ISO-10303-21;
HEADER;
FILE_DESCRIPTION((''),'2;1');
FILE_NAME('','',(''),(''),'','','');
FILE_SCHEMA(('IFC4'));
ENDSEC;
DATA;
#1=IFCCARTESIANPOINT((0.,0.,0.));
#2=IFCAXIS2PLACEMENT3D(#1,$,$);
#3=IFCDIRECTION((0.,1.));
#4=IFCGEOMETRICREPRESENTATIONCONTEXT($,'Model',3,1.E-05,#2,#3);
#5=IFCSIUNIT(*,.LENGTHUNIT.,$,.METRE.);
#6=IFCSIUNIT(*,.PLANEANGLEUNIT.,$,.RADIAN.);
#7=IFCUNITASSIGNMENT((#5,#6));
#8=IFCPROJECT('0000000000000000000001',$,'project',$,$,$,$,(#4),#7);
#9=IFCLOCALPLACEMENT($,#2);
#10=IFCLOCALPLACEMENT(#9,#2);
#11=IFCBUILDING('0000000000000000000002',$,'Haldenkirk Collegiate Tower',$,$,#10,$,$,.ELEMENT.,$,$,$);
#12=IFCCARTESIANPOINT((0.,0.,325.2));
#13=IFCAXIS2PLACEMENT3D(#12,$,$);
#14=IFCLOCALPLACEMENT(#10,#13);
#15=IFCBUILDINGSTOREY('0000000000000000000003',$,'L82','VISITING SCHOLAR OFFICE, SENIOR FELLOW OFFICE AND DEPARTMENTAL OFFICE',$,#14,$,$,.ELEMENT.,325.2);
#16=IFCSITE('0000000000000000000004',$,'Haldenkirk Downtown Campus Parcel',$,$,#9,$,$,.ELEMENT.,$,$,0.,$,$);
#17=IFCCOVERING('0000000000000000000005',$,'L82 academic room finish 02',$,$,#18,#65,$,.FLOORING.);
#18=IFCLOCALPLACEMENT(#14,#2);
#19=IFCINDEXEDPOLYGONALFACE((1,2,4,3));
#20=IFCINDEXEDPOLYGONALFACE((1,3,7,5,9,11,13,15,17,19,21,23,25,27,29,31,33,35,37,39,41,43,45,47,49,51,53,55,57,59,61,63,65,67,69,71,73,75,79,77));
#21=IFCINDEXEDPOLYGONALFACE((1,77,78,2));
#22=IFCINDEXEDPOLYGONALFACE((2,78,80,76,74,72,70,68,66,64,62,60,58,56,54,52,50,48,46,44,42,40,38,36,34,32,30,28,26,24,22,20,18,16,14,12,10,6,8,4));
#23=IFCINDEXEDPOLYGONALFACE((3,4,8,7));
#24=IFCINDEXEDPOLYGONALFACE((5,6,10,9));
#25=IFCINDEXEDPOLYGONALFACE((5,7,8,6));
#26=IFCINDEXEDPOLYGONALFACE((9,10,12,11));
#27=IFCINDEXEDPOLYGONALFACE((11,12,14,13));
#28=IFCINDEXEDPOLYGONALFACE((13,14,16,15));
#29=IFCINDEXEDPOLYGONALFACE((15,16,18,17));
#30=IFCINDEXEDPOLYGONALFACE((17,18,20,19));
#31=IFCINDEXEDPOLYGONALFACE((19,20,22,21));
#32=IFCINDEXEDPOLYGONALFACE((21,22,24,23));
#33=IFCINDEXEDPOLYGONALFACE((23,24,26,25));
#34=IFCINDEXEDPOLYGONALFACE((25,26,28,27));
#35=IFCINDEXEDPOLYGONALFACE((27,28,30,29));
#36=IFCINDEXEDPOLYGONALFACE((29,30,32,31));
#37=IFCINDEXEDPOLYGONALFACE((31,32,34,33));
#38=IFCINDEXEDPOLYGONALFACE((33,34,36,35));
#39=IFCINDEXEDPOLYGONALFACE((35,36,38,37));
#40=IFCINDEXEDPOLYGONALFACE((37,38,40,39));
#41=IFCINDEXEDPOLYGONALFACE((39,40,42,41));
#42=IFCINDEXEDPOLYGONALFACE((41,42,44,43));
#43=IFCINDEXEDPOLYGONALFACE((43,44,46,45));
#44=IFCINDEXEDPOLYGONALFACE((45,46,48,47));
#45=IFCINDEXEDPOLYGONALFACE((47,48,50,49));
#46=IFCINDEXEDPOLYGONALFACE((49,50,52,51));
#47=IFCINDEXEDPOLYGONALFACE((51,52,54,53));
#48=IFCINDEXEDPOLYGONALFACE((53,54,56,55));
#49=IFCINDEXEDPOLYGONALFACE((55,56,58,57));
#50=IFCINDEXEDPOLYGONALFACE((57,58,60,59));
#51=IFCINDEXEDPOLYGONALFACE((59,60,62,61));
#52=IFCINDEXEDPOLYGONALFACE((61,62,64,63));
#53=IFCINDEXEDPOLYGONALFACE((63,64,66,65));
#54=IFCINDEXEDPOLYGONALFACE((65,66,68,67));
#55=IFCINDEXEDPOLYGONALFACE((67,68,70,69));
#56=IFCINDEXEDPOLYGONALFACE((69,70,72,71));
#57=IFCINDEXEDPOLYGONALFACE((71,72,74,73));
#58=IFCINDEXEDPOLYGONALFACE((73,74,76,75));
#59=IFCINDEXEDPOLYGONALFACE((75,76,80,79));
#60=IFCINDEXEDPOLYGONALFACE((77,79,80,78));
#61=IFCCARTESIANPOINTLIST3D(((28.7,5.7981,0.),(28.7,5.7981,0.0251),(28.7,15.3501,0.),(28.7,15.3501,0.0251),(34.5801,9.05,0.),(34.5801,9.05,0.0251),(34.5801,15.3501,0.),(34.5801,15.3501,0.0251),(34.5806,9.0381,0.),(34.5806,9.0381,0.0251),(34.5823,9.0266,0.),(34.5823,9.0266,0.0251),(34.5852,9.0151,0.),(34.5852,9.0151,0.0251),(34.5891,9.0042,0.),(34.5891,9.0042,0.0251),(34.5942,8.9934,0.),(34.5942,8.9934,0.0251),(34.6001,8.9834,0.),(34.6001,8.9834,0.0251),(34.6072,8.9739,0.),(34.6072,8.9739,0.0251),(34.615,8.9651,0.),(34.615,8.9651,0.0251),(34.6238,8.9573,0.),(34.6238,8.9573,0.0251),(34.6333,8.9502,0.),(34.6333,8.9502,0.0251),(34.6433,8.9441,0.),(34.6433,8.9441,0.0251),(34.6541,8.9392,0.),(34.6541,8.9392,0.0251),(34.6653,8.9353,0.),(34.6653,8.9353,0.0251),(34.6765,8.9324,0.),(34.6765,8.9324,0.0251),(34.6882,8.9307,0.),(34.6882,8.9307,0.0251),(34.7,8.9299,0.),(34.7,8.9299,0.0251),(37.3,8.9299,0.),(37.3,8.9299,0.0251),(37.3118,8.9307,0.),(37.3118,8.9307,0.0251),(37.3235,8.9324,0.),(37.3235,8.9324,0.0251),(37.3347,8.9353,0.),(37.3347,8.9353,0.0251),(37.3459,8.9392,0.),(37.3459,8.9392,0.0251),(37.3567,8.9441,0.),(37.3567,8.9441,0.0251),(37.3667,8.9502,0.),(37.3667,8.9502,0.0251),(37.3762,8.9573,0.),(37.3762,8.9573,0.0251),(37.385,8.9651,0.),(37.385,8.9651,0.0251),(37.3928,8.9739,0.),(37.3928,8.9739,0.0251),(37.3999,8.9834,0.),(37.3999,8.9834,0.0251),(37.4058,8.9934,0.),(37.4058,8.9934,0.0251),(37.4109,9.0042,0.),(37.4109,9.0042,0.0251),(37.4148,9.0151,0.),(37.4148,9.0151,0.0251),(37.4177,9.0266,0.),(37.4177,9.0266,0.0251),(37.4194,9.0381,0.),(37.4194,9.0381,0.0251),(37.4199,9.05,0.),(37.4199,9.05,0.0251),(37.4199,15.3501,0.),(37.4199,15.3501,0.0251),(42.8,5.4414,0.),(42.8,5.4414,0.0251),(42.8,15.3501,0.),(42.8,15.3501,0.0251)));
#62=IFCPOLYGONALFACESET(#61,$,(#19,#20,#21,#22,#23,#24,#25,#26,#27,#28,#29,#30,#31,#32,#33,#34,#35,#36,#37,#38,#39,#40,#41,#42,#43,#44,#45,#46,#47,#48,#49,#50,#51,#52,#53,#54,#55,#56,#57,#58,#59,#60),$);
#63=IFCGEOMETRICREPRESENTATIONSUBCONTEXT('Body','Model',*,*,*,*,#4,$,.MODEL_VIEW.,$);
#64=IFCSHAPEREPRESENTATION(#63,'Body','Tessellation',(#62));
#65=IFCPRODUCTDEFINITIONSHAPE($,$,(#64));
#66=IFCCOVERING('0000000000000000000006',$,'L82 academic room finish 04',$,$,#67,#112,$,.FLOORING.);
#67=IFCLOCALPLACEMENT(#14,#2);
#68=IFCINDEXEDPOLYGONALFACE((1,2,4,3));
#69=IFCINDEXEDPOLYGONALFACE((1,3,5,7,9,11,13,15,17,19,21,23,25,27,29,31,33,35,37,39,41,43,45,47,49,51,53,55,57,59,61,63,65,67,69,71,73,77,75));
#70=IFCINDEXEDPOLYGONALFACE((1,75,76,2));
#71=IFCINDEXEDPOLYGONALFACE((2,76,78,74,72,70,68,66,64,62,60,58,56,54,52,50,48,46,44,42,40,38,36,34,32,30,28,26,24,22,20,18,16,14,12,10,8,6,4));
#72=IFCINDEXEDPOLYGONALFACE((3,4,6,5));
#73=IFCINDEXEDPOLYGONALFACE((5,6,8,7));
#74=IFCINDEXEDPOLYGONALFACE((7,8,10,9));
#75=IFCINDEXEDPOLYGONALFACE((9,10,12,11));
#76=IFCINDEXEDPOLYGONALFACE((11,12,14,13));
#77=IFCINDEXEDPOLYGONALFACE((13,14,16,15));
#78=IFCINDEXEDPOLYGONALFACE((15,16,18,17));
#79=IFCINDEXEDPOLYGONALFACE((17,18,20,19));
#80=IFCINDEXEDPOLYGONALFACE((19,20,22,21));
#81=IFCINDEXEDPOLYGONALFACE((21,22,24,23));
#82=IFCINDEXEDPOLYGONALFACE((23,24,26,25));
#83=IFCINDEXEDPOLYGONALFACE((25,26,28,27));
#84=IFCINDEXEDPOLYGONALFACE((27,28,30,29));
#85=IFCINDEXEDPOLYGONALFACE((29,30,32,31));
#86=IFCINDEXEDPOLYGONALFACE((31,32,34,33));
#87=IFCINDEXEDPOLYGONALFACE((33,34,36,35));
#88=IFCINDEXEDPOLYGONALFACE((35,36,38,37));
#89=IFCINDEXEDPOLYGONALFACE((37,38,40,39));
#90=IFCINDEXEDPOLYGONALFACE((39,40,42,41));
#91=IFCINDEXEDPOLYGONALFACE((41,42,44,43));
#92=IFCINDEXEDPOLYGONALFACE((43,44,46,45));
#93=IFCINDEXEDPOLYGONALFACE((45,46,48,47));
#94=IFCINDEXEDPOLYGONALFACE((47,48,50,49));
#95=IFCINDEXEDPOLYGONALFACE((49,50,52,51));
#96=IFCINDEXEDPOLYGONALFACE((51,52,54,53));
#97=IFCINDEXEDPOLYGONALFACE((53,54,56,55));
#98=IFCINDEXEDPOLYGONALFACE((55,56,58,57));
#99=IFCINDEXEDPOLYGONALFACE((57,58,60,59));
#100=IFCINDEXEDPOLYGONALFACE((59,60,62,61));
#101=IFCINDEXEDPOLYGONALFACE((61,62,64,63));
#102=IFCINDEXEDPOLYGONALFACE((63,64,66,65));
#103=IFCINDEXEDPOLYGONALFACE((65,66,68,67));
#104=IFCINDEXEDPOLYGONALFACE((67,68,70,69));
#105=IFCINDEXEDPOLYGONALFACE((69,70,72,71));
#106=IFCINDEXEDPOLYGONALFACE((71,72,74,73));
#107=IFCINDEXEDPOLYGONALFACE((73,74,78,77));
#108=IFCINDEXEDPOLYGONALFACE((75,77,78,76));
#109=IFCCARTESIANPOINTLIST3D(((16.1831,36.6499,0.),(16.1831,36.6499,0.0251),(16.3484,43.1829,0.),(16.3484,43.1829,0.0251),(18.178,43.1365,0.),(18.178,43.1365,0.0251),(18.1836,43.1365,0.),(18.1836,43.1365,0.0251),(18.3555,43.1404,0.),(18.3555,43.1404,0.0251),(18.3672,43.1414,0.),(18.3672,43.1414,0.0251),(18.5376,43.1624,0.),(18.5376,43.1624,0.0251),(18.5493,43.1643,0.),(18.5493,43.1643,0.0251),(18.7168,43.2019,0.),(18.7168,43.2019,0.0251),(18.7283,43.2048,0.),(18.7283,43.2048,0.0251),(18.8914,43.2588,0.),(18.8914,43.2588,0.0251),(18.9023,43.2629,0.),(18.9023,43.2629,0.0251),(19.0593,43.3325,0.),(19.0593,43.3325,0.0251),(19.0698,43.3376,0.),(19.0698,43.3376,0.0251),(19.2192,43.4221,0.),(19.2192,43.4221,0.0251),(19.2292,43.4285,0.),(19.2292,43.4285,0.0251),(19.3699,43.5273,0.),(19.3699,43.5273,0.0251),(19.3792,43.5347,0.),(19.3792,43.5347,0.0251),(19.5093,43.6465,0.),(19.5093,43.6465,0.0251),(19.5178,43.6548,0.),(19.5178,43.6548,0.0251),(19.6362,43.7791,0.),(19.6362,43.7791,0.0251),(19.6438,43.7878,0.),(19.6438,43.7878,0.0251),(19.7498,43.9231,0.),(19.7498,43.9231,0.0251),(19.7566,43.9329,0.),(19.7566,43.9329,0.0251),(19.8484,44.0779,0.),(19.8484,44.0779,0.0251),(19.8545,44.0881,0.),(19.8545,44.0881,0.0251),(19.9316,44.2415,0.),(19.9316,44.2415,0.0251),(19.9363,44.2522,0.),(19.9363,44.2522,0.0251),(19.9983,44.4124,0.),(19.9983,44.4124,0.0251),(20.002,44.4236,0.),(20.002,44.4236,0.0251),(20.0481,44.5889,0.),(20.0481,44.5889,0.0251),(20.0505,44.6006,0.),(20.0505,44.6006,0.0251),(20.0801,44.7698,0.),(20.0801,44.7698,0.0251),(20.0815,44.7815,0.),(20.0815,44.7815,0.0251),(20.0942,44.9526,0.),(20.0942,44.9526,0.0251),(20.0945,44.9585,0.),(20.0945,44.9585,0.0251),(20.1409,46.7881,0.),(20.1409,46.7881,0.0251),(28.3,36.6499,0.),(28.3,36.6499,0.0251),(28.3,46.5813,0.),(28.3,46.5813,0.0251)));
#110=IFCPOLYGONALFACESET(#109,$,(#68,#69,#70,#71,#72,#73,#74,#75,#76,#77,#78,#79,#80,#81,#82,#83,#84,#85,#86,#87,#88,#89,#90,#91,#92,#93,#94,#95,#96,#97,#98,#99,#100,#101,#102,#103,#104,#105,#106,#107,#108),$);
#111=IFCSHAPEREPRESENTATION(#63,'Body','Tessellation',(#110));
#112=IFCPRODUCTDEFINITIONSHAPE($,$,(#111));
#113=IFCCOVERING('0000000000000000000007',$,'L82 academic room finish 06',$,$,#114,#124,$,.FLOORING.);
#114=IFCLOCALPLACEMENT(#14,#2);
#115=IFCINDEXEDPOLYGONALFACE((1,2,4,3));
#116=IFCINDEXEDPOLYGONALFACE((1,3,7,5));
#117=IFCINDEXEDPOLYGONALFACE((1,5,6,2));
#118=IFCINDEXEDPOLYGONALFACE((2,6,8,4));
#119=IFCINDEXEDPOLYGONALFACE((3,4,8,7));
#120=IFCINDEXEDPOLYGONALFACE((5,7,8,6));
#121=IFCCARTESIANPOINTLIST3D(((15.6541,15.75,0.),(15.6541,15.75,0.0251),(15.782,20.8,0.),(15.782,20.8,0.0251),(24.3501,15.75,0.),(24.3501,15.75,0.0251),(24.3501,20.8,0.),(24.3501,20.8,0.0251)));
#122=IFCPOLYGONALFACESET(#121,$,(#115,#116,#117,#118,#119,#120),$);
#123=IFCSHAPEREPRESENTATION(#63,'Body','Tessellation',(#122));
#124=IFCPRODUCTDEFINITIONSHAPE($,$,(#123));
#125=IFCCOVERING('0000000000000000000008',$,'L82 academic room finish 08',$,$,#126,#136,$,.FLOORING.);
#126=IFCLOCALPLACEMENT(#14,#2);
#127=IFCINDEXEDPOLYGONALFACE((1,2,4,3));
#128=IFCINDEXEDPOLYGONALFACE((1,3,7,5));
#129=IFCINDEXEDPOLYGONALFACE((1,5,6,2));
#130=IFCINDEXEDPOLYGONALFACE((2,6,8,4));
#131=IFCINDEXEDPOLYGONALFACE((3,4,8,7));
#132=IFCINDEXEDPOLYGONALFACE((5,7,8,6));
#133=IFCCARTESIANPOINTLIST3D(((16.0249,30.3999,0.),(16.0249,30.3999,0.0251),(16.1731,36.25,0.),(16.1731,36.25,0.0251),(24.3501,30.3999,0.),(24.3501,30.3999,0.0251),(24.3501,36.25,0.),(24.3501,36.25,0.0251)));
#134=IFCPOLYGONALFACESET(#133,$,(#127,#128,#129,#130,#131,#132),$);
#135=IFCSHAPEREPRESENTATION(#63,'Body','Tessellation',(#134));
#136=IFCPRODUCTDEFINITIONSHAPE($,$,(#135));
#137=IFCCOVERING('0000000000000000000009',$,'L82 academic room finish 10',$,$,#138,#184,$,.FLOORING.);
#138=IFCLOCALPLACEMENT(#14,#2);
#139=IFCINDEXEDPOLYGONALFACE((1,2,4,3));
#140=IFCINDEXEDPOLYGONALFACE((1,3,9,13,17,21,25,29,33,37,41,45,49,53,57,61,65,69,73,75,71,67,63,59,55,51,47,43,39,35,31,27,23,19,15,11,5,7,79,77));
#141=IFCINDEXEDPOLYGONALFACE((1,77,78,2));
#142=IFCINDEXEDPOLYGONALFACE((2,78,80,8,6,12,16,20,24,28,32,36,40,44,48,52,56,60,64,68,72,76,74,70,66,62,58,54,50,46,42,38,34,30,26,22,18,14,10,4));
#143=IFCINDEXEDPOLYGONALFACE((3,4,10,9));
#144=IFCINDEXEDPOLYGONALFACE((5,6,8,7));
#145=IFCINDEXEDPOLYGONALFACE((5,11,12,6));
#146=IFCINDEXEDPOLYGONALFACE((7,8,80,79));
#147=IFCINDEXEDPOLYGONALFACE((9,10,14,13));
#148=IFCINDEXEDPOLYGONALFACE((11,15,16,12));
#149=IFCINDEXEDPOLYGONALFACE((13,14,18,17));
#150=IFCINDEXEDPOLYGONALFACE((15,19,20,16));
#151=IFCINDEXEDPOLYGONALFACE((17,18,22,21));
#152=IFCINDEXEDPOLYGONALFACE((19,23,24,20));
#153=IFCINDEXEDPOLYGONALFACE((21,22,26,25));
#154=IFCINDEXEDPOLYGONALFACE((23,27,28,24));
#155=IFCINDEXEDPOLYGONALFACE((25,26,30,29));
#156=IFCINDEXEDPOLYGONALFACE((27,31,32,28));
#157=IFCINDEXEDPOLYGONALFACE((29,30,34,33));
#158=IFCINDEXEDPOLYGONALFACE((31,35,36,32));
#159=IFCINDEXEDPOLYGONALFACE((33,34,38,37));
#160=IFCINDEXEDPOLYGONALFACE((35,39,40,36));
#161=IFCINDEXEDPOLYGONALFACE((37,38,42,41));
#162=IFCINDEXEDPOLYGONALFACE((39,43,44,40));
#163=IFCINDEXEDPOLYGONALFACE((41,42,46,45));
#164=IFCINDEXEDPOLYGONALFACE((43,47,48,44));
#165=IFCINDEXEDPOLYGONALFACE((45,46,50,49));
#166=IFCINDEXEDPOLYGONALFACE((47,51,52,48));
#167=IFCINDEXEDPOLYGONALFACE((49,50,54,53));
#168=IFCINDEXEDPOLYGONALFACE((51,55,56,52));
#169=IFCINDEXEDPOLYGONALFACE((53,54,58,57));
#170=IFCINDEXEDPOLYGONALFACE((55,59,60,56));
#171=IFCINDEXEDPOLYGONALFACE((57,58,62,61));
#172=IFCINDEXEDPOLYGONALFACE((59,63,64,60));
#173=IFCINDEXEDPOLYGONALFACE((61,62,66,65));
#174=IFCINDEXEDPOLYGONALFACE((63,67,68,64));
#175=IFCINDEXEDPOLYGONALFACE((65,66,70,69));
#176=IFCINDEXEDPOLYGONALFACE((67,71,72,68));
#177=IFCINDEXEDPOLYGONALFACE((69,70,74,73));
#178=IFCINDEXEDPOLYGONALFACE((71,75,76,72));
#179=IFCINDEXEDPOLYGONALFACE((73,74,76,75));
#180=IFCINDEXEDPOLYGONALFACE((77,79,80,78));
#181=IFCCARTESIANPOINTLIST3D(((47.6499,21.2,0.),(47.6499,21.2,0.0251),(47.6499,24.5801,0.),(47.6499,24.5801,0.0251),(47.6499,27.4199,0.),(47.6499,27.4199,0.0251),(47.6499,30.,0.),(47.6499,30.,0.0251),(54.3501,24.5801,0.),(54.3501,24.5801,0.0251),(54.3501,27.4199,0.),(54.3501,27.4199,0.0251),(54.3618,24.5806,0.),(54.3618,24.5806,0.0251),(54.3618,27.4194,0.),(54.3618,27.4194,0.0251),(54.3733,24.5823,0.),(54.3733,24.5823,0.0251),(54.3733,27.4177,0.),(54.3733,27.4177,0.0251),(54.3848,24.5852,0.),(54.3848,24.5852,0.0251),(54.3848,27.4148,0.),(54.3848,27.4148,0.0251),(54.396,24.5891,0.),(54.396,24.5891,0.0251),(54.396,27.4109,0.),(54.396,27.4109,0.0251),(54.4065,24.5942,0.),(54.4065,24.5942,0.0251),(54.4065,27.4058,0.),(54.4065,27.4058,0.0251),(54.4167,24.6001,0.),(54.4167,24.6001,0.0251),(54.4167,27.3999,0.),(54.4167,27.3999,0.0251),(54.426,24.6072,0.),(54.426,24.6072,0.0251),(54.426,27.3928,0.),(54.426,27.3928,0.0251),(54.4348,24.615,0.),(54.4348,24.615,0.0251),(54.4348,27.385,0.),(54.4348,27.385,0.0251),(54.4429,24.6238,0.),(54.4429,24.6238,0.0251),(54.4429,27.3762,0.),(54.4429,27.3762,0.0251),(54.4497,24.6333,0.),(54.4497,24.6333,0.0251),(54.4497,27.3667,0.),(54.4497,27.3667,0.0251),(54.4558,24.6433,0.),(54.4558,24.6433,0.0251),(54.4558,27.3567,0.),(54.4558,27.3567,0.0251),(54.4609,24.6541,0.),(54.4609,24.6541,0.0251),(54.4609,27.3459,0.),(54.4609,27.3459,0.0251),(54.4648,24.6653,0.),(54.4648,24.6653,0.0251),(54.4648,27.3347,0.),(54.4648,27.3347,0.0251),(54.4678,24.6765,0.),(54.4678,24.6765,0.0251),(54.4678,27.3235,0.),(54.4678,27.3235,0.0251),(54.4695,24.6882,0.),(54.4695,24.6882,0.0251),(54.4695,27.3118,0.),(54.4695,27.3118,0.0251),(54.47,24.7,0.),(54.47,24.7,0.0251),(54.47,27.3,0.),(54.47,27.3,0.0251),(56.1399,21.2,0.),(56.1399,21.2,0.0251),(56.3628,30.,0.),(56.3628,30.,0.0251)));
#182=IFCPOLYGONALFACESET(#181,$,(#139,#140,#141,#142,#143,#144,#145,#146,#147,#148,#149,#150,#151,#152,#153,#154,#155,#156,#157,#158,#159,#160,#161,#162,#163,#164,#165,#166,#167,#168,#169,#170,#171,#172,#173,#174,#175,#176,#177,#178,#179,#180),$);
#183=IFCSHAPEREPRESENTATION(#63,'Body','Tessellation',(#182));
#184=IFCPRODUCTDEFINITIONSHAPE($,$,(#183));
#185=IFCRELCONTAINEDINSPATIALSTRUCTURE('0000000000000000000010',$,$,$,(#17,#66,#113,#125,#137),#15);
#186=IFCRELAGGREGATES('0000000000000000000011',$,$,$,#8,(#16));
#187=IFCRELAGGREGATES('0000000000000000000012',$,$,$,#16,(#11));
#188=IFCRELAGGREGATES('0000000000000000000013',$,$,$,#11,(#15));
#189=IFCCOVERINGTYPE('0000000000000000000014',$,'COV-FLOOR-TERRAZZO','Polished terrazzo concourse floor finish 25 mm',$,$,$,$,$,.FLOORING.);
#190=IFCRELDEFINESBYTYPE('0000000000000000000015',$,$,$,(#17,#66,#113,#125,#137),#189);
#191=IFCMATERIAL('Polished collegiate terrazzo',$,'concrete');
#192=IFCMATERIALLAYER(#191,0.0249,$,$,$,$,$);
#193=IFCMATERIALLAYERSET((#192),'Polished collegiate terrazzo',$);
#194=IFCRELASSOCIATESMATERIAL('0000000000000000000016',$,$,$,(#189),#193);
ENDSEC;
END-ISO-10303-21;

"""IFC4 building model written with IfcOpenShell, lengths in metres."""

from ifc_helpers import new_model, si_unit, direction, frame, origin, place, context, subcontext, project, spatial, polyline, outline, extrude, material, layer, layer_set, type_object, element, save


model = new_model("IFC4")

# Units and contexts
model_context = context("Model", 3, precision=1e-05, world=origin(), true_north=direction((0.0, 1.0)))
body_context = subcontext(model_context, "Body", "Model", "MODEL_VIEW")
ifc_project = project(units=[si_unit("LENGTHUNIT", "METRE"), si_unit("PLANEANGLEUNIT", "RADIAN")], contexts=[model_context])

# Site, building, storey
site_placement = place(None, origin())
site = spatial("IfcSite", under=ifc_project, at=site_placement, Name="Haldenkirk Downtown Campus Parcel", CompositionType="ELEMENT", RefElevation=0.0)
building_placement = place(site_placement, origin())
building = spatial("IfcBuilding", under=site, at=building_placement, Name="Haldenkirk Collegiate Tower", CompositionType="ELEMENT")
storey_placement = place(building_placement, frame((0.0, 0.0, 325.2)))
storey = spatial("IfcBuildingStorey", under=building, at=storey_placement, Name="L82", Description="VISITING SCHOLAR OFFICE, SENIOR FELLOW OFFICE AND DEPARTMENTAL OFFICE", CompositionType="ELEMENT", Elevation=325.2)

# Coverings
ifc_material_1 = material(Name="Polished collegiate terrazzo", Category="concrete")
ifc_layer_1 = layer(ifc_material_1, 0.0249)
ifc_layer_set_1 = layer_set([ifc_layer_1], Name="Polished collegiate terrazzo")
covering_type_1 = type_object("IfcCoveringType", Name="COV-FLOOR-TERRAZZO", Description="Polished terrazzo concourse floor finish 25 mm", PredefinedType="FLOORING", material=ifc_layer_set_1)
covering_1_placement = place(storey_placement, origin())
element("IfcCovering", 1, at=covering_1_placement, inside=storey, type_object=covering_type_1, Name="L82 academic room finish 02", PredefinedType="FLOORING", context=body_context, shape_type="SweptSolid", body=[
    extrude(outline(polyline([(28.7, 5.7981), (28.7, 15.3501), (34.5801, 15.3501), (34.5801, 9.05), (34.5806, 9.0381), (34.5823, 9.0266), (34.5852, 9.0151), (34.5891, 9.0042), (34.5942, 8.9934), (34.6001, 8.9834), (34.6072, 8.9739), (34.615, 8.9651), (34.6238, 8.9573), (34.6333, 8.9502), (34.6433, 8.9441), (34.6541, 8.9392), (34.6653, 8.9353), (34.6765, 8.9324), (34.6882, 8.9307), (34.7, 8.9299), (37.3, 8.9299), (37.3118, 8.9307), (37.3235, 8.9324), (37.3347, 8.9353), (37.3459, 8.9392), (37.3567, 8.9441), (37.3667, 8.9502), (37.3762, 8.9573), (37.385, 8.9651), (37.3928, 8.9739), (37.3999, 8.9834), (37.4058, 8.9934), (37.4109, 9.0042), (37.4148, 9.0151), (37.4177, 9.0266), (37.4194, 9.0381), (37.4199, 9.05), (37.4199, 15.3501), (42.8, 15.3501), (42.8, 5.4414), (28.7, 5.7981)])), origin(), (0.0, 0.0, 1.0), 0.0251),
])
covering_2_placement = place(storey_placement, origin())
element("IfcCovering", 2, at=covering_2_placement, inside=storey, type_object=covering_type_1, Name="L82 academic room finish 04", PredefinedType="FLOORING", context=body_context, shape_type="SweptSolid", body=[
    extrude(outline(polyline([(18.178, 43.1365), (18.1836, 43.1365), (18.3555, 43.1404), (18.3672, 43.1414), (18.5376, 43.1624), (18.5493, 43.1643), (18.7168, 43.2019), (18.7283, 43.2048), (18.8914, 43.2588), (18.9023, 43.2629), (19.0593, 43.3325), (19.0698, 43.3376), (19.2192, 43.4221), (19.2292, 43.4285), (19.3699, 43.5273), (19.3792, 43.5347), (19.5093, 43.6465), (19.5178, 43.6548), (19.6362, 43.7791), (19.6438, 43.7878), (19.7498, 43.9231), (19.7566, 43.9329), (19.8484, 44.0779), (19.8545, 44.0881), (19.9316, 44.2415), (19.9363, 44.2522), (19.9983, 44.4124), (20.002, 44.4236), (20.0481, 44.5889), (20.0505, 44.6006), (20.0801, 44.7698), (20.0815, 44.7815), (20.0942, 44.9526), (20.0945, 44.9585), (20.1409, 46.7881), (28.3, 46.5813), (28.3, 36.6499), (16.1831, 36.6499), (16.3484, 43.1829), (18.178, 43.1365)])), origin(), (0.0, 0.0, 1.0), 0.0251),
])
covering_3_placement = place(storey_placement, origin())
element("IfcCovering", 3, at=covering_3_placement, inside=storey, type_object=covering_type_1, Name="L82 academic room finish 06", PredefinedType="FLOORING", context=body_context, shape_type="SweptSolid", body=[
    extrude(outline(polyline([(15.782, 20.8), (24.3501, 20.8), (24.3501, 15.75), (15.6541, 15.75), (15.782, 20.8)])), origin(), (0.0, 0.0, 1.0), 0.0251),
])
covering_4_placement = place(storey_placement, origin())
element("IfcCovering", 4, at=covering_4_placement, inside=storey, type_object=covering_type_1, Name="L82 academic room finish 08", PredefinedType="FLOORING", context=body_context, shape_type="SweptSolid", body=[
    extrude(outline(polyline([(16.1731, 36.25), (24.3501, 36.25), (24.3501, 30.3999), (16.0249, 30.3999), (16.1731, 36.25)])), origin(), (0.0, 0.0, 1.0), 0.0251),
])
covering_5_placement = place(storey_placement, origin())
element("IfcCovering", 5, at=covering_5_placement, inside=storey, type_object=covering_type_1, Name="L82 academic room finish 10", PredefinedType="FLOORING", context=body_context, shape_type="SweptSolid", body=[
    extrude(outline(polyline([(54.3501, 24.5801), (54.3618, 24.5806), (54.3733, 24.5823), (54.3848, 24.5852), (54.396, 24.5891), (54.4065, 24.5942), (54.4167, 24.6001), (54.426, 24.6072), (54.4348, 24.615), (54.4429, 24.6238), (54.4497, 24.6333), (54.4558, 24.6433), (54.4609, 24.6541), (54.4648, 24.6653), (54.4678, 24.6765), (54.4695, 24.6882), (54.47, 24.7), (54.47, 27.3), (54.4695, 27.3118), (54.4678, 27.3235), (54.4648, 27.3347), (54.4609, 27.3459), (54.4558, 27.3567), (54.4497, 27.3667), (54.4429, 27.3762), (54.4348, 27.385), (54.426, 27.3928), (54.4167, 27.3999), (54.4065, 27.4058), (54.396, 27.4109), (54.3848, 27.4148), (54.3733, 27.4177), (54.3618, 27.4194), (54.3501, 27.4199), (47.6499, 27.4199), (47.6499, 30.0), (56.3628, 30.0), (56.1399, 21.2), (47.6499, 21.2), (47.6499, 24.5801), (54.3501, 24.5801)])), origin(), (0.0, 0.0, 1.0), 0.0251),
])

save(model, "model.ifc")
